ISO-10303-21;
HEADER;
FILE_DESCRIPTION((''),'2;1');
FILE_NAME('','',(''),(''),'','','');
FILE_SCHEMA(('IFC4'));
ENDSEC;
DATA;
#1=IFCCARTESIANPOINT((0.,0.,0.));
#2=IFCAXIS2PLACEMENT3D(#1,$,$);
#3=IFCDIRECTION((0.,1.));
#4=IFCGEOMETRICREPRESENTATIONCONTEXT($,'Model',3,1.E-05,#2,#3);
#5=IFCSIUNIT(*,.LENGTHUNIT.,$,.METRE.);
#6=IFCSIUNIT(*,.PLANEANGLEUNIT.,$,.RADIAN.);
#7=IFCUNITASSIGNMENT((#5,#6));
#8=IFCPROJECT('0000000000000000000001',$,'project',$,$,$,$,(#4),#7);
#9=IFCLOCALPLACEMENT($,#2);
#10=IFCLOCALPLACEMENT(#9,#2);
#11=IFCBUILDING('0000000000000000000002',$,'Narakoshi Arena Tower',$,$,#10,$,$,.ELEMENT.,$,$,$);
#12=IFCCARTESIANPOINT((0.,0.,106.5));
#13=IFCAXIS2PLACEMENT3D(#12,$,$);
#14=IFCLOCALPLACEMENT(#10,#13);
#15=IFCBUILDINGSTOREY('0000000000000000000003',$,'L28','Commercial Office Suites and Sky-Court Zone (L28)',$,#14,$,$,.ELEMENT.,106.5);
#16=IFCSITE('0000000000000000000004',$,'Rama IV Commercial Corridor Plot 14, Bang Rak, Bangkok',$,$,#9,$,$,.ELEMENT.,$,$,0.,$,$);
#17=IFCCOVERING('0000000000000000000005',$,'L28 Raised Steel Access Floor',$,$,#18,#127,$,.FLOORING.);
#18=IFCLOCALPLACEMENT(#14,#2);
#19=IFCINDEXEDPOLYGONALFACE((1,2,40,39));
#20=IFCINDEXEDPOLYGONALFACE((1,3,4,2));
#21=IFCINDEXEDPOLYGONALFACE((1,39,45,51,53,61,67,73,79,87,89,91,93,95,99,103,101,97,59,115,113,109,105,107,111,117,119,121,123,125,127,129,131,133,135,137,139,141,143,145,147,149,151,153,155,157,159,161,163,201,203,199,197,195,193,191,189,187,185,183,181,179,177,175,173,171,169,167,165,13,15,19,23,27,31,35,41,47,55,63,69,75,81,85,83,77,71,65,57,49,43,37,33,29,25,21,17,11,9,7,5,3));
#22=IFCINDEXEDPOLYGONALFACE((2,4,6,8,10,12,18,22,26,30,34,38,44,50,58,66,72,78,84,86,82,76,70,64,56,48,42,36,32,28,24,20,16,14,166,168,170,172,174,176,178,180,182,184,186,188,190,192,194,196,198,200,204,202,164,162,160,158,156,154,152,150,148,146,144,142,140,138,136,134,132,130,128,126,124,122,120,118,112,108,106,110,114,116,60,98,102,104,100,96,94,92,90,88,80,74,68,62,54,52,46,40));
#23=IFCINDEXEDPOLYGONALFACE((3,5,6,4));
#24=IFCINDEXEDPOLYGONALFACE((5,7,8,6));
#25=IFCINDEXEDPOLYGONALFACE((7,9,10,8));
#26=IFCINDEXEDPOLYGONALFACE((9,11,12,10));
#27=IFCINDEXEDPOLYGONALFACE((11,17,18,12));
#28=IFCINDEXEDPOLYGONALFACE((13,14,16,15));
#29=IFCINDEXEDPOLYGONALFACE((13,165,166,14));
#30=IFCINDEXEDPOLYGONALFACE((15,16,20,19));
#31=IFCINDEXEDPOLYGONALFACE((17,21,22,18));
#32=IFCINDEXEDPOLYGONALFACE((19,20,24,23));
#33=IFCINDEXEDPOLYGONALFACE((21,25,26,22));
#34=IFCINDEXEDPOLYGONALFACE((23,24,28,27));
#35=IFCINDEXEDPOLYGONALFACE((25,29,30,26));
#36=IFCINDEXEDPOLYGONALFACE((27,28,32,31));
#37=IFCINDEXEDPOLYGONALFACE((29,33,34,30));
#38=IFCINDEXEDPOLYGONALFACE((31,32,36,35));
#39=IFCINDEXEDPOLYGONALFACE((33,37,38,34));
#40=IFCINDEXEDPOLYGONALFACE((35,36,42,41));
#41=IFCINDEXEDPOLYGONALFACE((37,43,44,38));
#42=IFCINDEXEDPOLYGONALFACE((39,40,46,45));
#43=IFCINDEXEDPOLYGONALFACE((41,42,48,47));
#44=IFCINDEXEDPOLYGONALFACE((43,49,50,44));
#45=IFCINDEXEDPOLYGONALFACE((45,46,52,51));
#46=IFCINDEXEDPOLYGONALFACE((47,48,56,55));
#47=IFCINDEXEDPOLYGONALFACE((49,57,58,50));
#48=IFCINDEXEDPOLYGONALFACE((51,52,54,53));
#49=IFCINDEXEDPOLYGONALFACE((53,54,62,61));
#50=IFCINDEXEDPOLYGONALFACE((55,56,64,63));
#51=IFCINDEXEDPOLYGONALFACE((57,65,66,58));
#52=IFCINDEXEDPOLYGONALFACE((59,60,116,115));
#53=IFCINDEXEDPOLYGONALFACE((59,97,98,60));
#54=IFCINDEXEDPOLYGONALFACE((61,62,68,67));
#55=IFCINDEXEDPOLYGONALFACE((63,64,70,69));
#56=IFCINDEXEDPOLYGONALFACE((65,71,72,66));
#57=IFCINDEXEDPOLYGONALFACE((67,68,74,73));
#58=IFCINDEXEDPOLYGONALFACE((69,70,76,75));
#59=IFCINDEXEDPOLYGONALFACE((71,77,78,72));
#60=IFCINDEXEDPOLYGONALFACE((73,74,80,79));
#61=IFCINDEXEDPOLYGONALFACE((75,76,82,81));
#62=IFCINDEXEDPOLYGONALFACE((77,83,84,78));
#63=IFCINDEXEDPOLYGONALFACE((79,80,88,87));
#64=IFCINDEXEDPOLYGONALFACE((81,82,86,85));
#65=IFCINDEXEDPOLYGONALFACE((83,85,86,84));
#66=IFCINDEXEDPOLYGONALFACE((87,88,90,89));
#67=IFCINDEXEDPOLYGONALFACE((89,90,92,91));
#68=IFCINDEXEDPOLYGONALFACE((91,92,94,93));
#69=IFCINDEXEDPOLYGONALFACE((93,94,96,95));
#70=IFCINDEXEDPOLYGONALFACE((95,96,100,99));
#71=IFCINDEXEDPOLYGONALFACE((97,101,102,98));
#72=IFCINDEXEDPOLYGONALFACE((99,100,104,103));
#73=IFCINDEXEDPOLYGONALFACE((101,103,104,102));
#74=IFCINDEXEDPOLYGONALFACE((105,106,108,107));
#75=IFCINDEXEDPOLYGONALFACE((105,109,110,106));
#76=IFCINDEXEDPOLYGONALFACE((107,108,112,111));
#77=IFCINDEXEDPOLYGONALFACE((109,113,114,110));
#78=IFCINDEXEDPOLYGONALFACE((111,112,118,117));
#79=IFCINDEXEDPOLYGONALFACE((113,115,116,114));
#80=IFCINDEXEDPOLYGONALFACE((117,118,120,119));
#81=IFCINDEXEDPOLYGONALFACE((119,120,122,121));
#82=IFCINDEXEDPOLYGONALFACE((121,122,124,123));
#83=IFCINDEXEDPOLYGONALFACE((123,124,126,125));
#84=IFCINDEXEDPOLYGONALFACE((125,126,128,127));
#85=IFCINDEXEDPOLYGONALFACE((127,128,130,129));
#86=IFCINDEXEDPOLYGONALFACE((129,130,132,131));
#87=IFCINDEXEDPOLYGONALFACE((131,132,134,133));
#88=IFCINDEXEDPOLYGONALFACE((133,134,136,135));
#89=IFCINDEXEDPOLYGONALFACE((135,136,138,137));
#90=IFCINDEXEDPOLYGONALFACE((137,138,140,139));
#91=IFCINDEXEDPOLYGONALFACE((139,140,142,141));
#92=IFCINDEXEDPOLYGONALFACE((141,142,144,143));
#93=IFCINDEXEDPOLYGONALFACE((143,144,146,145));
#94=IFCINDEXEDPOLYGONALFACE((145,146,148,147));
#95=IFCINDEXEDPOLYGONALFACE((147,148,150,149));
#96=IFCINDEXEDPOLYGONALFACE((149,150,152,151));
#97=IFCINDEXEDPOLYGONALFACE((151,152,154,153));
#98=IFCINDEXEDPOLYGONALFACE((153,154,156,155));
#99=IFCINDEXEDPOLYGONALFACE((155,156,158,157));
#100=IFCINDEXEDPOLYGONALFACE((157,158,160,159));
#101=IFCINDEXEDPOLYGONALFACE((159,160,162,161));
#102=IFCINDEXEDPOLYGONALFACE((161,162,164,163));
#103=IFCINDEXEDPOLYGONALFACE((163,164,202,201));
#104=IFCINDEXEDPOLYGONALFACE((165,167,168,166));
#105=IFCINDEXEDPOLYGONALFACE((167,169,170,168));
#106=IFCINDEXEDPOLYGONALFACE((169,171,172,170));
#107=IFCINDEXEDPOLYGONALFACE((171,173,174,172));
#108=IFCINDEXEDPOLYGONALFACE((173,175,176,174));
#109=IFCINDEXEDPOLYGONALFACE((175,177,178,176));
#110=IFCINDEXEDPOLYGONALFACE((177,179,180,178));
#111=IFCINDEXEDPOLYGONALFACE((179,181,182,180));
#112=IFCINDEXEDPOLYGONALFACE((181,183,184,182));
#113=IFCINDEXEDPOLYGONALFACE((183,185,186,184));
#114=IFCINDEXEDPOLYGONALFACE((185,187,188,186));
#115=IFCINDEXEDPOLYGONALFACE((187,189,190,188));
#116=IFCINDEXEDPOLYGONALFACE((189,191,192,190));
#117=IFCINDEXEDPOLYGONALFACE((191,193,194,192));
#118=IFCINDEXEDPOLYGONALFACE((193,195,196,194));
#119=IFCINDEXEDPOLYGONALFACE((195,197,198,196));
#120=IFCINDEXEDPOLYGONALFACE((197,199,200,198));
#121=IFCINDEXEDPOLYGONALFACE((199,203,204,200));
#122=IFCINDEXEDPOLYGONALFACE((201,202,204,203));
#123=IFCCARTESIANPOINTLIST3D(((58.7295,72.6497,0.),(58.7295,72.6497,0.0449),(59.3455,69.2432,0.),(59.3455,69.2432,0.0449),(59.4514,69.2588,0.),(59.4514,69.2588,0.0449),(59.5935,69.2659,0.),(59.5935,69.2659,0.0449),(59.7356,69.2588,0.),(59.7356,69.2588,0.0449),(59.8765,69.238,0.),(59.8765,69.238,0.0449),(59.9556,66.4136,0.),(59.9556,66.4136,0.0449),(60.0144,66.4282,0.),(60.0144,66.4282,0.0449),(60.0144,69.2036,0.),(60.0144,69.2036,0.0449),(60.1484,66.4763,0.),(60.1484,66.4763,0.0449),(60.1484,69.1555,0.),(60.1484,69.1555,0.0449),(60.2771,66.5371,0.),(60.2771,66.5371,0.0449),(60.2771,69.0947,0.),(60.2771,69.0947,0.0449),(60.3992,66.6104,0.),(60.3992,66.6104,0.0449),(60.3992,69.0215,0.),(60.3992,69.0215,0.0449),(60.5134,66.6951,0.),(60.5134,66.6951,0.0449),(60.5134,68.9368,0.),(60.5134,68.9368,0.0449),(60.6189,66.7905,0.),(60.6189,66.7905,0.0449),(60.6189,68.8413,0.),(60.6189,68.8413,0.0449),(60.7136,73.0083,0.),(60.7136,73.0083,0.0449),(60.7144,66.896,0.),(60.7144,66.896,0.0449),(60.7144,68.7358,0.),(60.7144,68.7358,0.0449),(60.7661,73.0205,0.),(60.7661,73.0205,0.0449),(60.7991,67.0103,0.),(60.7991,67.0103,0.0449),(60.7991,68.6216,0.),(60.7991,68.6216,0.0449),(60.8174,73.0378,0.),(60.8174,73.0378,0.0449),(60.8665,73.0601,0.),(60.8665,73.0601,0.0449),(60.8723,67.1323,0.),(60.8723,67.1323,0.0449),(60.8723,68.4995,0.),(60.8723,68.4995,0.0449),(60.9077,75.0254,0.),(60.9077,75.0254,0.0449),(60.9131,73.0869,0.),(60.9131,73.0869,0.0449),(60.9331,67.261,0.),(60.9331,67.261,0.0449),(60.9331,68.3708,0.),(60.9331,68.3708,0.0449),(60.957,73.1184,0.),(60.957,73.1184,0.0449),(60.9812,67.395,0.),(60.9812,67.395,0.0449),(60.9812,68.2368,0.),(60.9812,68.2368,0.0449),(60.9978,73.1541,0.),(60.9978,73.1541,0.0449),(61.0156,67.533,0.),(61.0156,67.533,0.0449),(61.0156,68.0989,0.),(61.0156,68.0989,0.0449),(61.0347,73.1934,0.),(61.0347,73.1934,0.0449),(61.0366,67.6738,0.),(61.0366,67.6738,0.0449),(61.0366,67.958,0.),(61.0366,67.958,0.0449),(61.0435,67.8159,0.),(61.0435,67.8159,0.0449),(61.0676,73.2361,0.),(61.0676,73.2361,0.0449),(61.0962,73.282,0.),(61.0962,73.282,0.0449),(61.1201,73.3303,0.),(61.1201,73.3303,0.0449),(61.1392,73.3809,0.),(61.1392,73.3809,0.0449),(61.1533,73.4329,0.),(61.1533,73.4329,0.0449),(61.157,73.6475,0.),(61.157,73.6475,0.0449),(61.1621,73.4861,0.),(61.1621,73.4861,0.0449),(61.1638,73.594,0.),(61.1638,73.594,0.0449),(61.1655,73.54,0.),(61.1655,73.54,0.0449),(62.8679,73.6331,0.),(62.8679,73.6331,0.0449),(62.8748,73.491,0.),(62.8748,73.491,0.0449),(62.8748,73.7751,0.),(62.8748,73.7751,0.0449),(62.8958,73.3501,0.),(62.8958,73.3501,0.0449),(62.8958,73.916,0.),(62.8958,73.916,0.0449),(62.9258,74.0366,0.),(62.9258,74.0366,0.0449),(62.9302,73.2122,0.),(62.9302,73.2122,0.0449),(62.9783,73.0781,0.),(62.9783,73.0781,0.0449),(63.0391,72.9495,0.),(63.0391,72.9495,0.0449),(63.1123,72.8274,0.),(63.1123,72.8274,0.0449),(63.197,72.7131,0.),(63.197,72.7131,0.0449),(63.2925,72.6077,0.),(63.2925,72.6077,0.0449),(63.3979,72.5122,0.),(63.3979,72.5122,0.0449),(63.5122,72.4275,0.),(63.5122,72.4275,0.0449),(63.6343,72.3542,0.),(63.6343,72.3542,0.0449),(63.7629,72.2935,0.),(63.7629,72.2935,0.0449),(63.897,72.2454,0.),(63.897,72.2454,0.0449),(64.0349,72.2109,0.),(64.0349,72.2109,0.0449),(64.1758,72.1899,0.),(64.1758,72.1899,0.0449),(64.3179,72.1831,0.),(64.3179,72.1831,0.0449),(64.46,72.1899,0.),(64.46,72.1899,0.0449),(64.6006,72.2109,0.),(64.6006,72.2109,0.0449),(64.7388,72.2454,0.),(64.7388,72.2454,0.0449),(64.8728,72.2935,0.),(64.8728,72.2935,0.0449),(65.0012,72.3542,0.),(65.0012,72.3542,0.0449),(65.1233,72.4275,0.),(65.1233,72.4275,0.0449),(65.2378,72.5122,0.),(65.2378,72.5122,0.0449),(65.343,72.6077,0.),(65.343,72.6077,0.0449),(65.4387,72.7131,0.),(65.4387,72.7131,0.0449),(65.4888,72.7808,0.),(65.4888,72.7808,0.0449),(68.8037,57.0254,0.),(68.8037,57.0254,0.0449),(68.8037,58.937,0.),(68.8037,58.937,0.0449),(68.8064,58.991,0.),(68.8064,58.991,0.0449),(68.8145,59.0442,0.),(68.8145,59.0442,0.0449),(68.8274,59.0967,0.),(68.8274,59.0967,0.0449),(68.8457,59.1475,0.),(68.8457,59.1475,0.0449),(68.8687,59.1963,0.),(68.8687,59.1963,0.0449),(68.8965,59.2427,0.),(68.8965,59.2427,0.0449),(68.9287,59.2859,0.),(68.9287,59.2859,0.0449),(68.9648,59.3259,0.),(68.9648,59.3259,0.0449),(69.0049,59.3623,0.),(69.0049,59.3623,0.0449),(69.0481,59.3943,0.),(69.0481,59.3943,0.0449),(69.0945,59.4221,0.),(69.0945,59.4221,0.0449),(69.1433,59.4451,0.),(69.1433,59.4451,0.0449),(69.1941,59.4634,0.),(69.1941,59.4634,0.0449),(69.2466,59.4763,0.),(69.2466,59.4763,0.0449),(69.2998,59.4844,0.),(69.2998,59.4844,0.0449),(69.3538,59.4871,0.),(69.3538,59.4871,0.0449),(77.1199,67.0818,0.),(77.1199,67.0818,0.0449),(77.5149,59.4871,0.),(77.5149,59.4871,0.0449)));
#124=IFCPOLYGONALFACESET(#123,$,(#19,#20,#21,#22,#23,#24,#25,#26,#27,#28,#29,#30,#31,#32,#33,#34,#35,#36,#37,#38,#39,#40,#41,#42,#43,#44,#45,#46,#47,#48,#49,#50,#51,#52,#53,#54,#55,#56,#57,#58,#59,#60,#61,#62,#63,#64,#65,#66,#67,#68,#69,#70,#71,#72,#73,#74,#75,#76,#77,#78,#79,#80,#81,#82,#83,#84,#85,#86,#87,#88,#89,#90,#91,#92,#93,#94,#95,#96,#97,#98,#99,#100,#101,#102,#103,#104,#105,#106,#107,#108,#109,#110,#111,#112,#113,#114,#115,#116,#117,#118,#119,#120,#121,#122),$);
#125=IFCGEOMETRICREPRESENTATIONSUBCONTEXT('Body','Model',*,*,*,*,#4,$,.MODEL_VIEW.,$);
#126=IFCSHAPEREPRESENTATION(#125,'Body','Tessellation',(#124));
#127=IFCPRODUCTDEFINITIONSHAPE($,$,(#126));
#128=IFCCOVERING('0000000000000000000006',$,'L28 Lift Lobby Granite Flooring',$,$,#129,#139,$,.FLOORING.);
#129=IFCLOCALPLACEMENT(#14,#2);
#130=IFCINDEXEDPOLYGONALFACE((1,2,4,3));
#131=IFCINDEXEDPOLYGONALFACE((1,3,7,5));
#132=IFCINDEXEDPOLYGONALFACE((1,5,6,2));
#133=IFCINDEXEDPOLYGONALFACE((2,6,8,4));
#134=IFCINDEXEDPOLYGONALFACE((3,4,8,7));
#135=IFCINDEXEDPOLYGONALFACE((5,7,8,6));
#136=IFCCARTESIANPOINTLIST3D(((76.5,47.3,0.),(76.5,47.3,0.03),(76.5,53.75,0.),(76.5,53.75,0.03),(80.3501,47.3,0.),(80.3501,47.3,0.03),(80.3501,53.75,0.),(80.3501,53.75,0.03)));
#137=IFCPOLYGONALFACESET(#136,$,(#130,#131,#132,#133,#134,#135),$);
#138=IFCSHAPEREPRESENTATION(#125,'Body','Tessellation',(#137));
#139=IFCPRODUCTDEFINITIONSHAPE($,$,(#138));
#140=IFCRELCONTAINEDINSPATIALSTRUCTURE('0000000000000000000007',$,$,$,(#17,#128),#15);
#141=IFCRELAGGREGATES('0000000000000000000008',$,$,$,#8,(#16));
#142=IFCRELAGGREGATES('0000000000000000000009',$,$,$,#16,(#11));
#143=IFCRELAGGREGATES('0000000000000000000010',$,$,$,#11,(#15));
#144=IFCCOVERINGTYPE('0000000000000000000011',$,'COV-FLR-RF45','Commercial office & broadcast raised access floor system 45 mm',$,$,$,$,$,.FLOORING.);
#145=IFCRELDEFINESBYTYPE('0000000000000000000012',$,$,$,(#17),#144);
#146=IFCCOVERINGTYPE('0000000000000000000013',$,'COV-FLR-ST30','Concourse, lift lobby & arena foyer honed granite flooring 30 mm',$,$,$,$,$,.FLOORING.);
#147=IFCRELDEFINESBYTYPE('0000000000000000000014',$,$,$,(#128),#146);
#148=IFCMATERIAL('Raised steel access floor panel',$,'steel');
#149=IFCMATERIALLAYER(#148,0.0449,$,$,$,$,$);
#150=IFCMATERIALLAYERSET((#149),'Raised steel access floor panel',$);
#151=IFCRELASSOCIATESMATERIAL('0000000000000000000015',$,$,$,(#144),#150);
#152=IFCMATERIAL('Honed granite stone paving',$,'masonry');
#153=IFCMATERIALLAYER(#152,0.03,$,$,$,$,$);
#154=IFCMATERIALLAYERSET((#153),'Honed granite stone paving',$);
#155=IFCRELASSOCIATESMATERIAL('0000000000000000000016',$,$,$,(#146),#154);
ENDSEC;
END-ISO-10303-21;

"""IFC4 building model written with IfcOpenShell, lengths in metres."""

from ifc_helpers import new_model, si_unit, direction, frame, origin, place, context, subcontext, project, spatial, polyline, outline, extrude, material, layer, layer_set, type_object, element, save


model = new_model("IFC4")

# Units and contexts
model_context = context("Model", 3, precision=1e-05, world=origin(), true_north=direction((0.0, 1.0)))
body_context = subcontext(model_context, "Body", "Model", "MODEL_VIEW")
ifc_project = project(units=[si_unit("LENGTHUNIT", "METRE"), si_unit("PLANEANGLEUNIT", "RADIAN")], contexts=[model_context])

# Site, building, storey
site_placement = place(None, origin())
site = spatial("IfcSite", under=ifc_project, at=site_placement, Name="Rama IV Commercial Corridor Plot 14, Bang Rak, Bangkok", CompositionType="ELEMENT", RefElevation=0.0)
building_placement = place(site_placement, origin())
building = spatial("IfcBuilding", under=site, at=building_placement, Name="Narakoshi Arena Tower", CompositionType="ELEMENT")
storey_placement = place(building_placement, frame((0.0, 0.0, 106.5)))
storey = spatial("IfcBuildingStorey", under=building, at=storey_placement, Name="L28", Description="Commercial Office Suites and Sky-Court Zone (L28)", CompositionType="ELEMENT", Elevation=106.5)

# Coverings
ifc_material_1 = material(Name="Raised steel access floor panel", Category="steel")
ifc_layer_1 = layer(ifc_material_1, 0.0449)
ifc_layer_set_1 = layer_set([ifc_layer_1], Name="Raised steel access floor panel")
covering_type_1 = type_object("IfcCoveringType", Name="COV-FLR-RF45", Description="Commercial office & broadcast raised access floor system 45 mm", PredefinedType="FLOORING", material=ifc_layer_set_1)
covering_1_placement = place(storey_placement, origin())
element("IfcCovering", 1, at=covering_1_placement, inside=storey, type_object=covering_type_1, Name="L28 Raised Steel Access Floor", PredefinedType="FLOORING", context=body_context, shape_type="SweptSolid", body=[
    extrude(outline(polyline([(60.7136, 73.0083), (60.7661, 73.0205), (60.8174, 73.0378), (60.8665, 73.0601), (60.9131, 73.0869), (60.957, 73.1184), (60.9978, 73.1541), (61.0347, 73.1934), (61.0676, 73.2361), (61.0962, 73.282), (61.1201, 73.3303), (61.1392, 73.3809), (61.1533, 73.4329), (61.1621, 73.4861), (61.1655, 73.54), (61.1638, 73.594), (61.157, 73.6475), (60.9077, 75.0254), (62.9258, 74.0366), (62.8958, 73.916), (62.8748, 73.7751), (62.8679, 73.6331), (62.8748, 73.491), (62.8958, 73.3501), (62.9302, 73.2122), (62.9783, 73.0781), (63.0391, 72.9495), (63.1123, 72.8274), (63.197, 72.7131), (63.2925, 72.6077), (63.3979, 72.5122), (63.5122, 72.4275), (63.6343, 72.3542), (63.7629, 72.2935), (63.897, 72.2454), (64.0349, 72.2109), (64.1758, 72.1899), (64.3179, 72.1831), (64.46, 72.1899), (64.6006, 72.2109), (64.7388, 72.2454), (64.8728, 72.2935), (65.0012, 72.3542), (65.1233, 72.4275), (65.2378, 72.5122), (65.343, 72.6077), (65.4387, 72.7131), (65.4888, 72.7808), (77.1199, 67.0818), (77.5149, 59.4871), (69.3538, 59.4871), (69.2998, 59.4844), (69.2466, 59.4763), (69.1941, 59.4634), (69.1433, 59.4451), (69.0945, 59.4221), (69.0481, 59.3943), (69.0049, 59.3623), (68.9648, 59.3259), (68.9287, 59.2859), (68.8965, 59.2427), (68.8687, 59.1963), (68.8457, 59.1475), (68.8274, 59.0967), (68.8145, 59.0442), (68.8064, 58.991), (68.8037, 58.937), (68.8037, 57.0254), (59.9556, 66.4136), (60.0144, 66.4282), (60.1484, 66.4763), (60.2771, 66.5371), (60.3992, 66.6104), (60.5134, 66.6951), (60.6189, 66.7905), (60.7144, 66.896), (60.7991, 67.0103), (60.8723, 67.1323), (60.9331, 67.261), (60.9812, 67.395), (61.0156, 67.533), (61.0366, 67.6738), (61.0435, 67.8159), (61.0366, 67.958), (61.0156, 68.0989), (60.9812, 68.2368), (60.9331, 68.3708), (60.8723, 68.4995), (60.7991, 68.6216), (60.7144, 68.7358), (60.6189, 68.8413), (60.5134, 68.9368), (60.3992, 69.0215), (60.2771, 69.0947), (60.1484, 69.1555), (60.0144, 69.2036), (59.8765, 69.238), (59.7356, 69.2588), (59.5935, 69.2659), (59.4514, 69.2588), (59.3455, 69.2432), (58.7295, 72.6497), (60.7136, 73.0083)])), origin(), (0.0, 0.0, 1.0), 0.0449),
])
ifc_material_2 = material(Name="Honed granite stone paving", Category="masonry")
ifc_layer_2 = layer(ifc_material_2, 0.03)
ifc_layer_set_2 = layer_set([ifc_layer_2], Name="Honed granite stone paving")
covering_type_2 = type_object("IfcCoveringType", Name="COV-FLR-ST30", Description="Concourse, lift lobby & arena foyer honed granite flooring 30 mm", PredefinedType="FLOORING", material=ifc_layer_set_2)
covering_2_placement = place(storey_placement, origin())
element("IfcCovering", 2, at=covering_2_placement, inside=storey, type_object=covering_type_2, Name="L28 Lift Lobby Granite Flooring", PredefinedType="FLOORING", context=body_context, shape_type="SweptSolid", body=[
    extrude(outline(polyline([(76.5, 47.3), (80.3501, 47.3), (80.3501, 53.75), (76.5, 53.75), (76.5, 47.3)])), origin(), (0.0, 0.0, 1.0), 0.03),
])

save(model, "model.ifc")
